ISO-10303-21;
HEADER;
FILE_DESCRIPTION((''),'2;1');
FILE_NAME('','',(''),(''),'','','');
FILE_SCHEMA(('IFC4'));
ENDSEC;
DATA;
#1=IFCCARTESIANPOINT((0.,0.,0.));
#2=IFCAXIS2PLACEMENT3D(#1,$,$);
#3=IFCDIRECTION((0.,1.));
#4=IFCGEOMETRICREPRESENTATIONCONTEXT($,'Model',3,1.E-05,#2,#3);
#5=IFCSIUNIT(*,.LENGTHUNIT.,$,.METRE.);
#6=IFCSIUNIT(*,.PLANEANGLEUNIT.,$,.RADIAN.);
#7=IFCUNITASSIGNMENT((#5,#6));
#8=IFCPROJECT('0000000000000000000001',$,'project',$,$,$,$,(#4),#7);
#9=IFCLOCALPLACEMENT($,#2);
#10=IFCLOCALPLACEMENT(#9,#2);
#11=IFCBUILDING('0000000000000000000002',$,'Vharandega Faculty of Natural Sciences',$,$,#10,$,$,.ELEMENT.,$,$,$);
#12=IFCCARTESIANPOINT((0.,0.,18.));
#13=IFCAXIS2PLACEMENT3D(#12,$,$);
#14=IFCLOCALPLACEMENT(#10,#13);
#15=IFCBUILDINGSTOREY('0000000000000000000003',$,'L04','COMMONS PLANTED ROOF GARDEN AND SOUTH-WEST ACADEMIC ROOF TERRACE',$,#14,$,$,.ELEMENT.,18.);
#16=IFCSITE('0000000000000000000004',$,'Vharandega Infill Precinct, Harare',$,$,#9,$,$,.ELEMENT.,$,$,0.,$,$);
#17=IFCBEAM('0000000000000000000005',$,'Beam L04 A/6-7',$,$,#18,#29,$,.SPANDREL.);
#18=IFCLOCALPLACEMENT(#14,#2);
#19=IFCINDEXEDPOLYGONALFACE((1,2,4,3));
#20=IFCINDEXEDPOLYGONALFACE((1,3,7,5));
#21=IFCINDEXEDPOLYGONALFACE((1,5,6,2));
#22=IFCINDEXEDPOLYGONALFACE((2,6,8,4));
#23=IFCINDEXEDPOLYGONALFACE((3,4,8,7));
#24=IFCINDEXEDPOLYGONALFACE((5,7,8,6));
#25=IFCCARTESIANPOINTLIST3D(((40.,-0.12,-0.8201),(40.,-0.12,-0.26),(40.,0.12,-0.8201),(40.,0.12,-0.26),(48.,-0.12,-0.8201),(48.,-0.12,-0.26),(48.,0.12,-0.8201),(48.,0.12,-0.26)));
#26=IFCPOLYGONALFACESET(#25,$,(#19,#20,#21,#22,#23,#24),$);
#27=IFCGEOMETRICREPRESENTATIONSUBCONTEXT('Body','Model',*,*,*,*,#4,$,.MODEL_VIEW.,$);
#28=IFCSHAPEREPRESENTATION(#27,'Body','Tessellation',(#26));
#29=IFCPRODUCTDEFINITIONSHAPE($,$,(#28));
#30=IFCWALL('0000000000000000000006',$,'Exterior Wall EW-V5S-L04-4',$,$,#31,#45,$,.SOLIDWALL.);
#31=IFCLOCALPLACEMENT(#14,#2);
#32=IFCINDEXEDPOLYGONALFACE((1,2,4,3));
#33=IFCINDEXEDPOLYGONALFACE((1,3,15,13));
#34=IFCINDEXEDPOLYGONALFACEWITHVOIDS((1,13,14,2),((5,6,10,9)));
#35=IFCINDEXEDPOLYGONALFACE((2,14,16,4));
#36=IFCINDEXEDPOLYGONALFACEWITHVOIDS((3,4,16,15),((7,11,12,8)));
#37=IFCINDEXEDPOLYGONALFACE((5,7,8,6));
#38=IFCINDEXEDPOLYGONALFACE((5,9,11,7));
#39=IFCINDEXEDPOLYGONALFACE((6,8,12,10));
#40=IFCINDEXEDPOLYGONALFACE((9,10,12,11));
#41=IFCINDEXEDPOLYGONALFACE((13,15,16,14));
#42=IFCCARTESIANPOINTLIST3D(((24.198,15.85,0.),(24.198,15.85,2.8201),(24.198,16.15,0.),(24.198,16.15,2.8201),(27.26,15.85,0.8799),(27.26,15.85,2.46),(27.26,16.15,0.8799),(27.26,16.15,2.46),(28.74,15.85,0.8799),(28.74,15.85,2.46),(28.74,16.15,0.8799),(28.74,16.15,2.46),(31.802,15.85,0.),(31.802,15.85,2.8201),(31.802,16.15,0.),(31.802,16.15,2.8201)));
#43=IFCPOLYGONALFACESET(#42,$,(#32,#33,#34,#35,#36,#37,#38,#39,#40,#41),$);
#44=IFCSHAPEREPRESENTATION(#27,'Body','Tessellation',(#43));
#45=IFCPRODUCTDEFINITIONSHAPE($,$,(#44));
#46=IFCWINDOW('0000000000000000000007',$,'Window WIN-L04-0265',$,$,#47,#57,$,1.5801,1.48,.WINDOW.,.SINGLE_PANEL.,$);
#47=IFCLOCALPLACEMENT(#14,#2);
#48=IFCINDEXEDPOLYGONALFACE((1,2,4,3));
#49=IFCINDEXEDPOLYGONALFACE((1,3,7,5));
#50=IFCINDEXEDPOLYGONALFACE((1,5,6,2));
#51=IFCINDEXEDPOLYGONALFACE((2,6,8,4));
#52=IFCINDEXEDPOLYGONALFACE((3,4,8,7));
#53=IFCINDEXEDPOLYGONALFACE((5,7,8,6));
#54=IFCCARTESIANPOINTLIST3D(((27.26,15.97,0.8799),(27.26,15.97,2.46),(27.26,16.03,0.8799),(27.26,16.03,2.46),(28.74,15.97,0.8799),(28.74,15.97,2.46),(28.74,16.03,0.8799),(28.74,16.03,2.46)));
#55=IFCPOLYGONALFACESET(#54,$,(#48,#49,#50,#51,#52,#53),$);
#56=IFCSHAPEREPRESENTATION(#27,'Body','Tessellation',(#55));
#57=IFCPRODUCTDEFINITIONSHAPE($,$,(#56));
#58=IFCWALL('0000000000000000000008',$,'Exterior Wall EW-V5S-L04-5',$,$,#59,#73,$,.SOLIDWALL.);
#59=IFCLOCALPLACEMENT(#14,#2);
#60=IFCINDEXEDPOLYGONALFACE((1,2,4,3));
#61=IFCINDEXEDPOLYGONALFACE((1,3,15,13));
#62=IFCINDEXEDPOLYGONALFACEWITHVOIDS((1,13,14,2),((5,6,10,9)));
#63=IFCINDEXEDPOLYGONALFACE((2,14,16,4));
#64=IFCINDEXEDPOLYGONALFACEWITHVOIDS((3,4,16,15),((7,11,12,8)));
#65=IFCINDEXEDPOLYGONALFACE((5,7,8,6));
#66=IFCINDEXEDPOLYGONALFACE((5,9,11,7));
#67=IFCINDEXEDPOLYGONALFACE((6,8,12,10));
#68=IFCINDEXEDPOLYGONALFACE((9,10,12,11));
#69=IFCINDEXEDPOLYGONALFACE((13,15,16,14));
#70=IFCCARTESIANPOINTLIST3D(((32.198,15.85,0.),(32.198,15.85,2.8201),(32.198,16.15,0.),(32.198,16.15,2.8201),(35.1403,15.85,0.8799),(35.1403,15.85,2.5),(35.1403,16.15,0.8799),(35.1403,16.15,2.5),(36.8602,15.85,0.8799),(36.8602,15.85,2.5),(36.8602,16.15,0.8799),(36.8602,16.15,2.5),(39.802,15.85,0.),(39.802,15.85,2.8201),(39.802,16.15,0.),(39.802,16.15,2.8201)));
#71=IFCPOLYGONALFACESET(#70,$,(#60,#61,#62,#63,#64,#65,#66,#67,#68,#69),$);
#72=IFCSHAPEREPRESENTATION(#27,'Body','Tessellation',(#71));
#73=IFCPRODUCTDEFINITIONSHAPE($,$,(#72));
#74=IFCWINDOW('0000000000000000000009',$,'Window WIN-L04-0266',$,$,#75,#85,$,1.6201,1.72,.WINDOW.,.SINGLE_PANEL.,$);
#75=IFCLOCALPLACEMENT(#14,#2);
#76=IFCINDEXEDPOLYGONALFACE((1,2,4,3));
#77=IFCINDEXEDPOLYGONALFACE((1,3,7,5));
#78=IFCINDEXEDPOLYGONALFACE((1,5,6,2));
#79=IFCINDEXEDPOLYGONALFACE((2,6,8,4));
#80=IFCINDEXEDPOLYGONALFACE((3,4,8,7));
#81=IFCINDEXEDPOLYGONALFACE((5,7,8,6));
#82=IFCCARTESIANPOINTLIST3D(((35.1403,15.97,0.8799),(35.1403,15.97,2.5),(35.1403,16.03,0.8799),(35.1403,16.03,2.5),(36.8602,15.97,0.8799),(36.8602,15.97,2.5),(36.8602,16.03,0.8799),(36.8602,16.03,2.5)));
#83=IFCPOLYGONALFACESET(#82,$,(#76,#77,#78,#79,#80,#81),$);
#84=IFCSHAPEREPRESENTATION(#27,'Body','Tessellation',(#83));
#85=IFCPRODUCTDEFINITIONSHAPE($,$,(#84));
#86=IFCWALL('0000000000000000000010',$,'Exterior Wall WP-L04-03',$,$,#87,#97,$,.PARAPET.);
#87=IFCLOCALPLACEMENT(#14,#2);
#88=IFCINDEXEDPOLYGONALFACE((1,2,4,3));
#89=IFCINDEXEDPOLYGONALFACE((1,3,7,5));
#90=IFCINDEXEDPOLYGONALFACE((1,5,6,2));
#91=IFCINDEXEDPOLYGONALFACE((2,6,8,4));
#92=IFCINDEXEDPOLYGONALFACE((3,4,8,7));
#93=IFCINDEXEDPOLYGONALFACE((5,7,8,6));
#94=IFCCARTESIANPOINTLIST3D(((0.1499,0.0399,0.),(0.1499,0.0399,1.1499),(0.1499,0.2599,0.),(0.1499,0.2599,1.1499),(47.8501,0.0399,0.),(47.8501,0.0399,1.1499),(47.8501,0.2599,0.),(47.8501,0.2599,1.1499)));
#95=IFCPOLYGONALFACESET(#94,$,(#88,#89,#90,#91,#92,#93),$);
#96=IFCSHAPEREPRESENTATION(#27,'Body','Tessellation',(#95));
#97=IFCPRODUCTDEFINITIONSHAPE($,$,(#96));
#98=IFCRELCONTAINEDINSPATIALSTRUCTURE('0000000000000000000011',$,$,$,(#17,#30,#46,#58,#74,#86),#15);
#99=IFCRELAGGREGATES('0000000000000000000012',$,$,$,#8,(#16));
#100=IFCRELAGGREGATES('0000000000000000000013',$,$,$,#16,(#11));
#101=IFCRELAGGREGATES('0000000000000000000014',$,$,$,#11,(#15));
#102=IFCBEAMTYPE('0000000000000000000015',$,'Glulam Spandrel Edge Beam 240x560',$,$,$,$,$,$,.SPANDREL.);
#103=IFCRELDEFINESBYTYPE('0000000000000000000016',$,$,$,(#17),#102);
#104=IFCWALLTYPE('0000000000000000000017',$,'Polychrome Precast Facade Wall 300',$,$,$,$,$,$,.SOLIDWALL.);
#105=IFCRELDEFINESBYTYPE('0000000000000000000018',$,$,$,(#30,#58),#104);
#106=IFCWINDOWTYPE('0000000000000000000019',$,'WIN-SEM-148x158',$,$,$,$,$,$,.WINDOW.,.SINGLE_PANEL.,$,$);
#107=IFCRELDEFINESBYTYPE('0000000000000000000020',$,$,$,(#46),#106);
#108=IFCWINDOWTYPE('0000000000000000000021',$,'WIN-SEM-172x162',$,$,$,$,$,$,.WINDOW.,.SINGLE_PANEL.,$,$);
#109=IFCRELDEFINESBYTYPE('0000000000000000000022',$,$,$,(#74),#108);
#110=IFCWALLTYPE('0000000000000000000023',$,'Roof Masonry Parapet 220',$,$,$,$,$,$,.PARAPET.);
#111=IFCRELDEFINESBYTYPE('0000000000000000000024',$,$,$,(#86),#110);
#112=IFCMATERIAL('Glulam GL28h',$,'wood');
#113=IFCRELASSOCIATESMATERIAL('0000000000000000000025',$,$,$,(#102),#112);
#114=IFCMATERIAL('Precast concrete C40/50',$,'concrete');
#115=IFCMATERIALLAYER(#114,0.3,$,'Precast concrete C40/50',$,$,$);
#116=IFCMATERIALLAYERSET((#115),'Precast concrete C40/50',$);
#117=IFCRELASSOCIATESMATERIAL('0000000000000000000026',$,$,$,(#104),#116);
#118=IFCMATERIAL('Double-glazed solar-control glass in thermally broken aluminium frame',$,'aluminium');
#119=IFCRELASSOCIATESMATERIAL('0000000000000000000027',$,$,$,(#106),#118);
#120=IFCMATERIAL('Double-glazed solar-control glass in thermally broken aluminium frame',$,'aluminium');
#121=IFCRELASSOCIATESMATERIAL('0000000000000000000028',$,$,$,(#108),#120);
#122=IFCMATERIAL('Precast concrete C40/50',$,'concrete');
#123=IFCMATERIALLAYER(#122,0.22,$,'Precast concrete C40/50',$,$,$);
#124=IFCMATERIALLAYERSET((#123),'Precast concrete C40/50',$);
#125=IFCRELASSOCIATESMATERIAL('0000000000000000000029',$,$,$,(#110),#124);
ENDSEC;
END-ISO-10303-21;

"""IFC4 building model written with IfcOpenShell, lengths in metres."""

from ifc_helpers import new_model, si_unit, direction, frame, frame_2d, origin, origin_2d, place, context, subcontext, project, spatial, rectangle, extrude, material, layer, layer_set, material_profile, profile_set, type_object, element, fill, save


model = new_model("IFC4")

# Units and contexts
model_context = context("Model", 3, precision=1e-05, world=origin(), true_north=direction((0.0, 1.0)))
body_context = subcontext(model_context, "Body", "Model", "MODEL_VIEW")
ifc_project = project(units=[si_unit("LENGTHUNIT", "METRE"), si_unit("PLANEANGLEUNIT", "RADIAN")], contexts=[model_context])

# Site, building, storey
site_placement = place(None, origin())
site = spatial("IfcSite", under=ifc_project, at=site_placement, Name="Vharandega Infill Precinct, Harare", CompositionType="ELEMENT", RefElevation=0.0)
building_placement = place(site_placement, origin())
building = spatial("IfcBuilding", under=site, at=building_placement, Name="Vharandega Faculty of Natural Sciences", CompositionType="ELEMENT")
storey_placement = place(building_placement, frame((0.0, 0.0, 18.0)))
storey = spatial("IfcBuildingStorey", under=building, at=storey_placement, Name="L04", Description="COMMONS PLANTED ROOF GARDEN AND SOUTH-WEST ACADEMIC ROOF TERRACE", CompositionType="ELEMENT", Elevation=18.0)

# Beam
ifc_material_1 = material(Name="Glulam GL28h", Category="wood")
ifc_material_profile_1 = material_profile(ifc_material_1, rectangle(XDim=0.24, YDim=0.5601, at=origin_2d()), Name="GL28h 240x560")
ifc_profile_set_1 = profile_set([ifc_material_profile_1], Name="Glulam GL28h")
beam_type_1 = type_object("IfcBeamType", Name="Glulam Spandrel Edge Beam 240x560", PredefinedType="SPANDREL", material=ifc_profile_set_1)
for number, where, z_axis, x_axis, name in (
    (1, (40.0, 0.0, -0.54), (1.0, 0.0, 0.0), (0.0, 1.0, 0.0), "Beam L04 A/6-7"),
):
    element("IfcBeam", number, at=place(storey_placement, frame(where, z_axis=z_axis, x_axis=x_axis)), inside=storey, type_object=beam_type_1, Name=name, PredefinedType="SPANDREL", context=body_context, shape_type="SweptSolid", body=[
        extrude(rectangle(XDim=0.24, YDim=0.5601, at=origin_2d()), origin(), (0.0, 0.0, 1.0), 8.0),
    ])

# Walls, openings, windows
ifc_material_2 = material(Name="Precast concrete C40/50", Category="concrete")
ifc_layer_1 = layer(ifc_material_2, 0.3, Name="Precast concrete C40/50")
ifc_layer_set_1 = layer_set([ifc_layer_1], Name="Precast concrete C40/50")
wall_type_1 = type_object("IfcWallType", Name="Polychrome Precast Facade Wall 300", PredefinedType="SOLIDWALL", material=ifc_layer_set_1)
wall_1_placement = place(storey_placement, frame((31.802, 16.0, 0.0), z_axis=(0.0, 0.0, 1.0), x_axis=(-1.0, 0.0, 0.0)))
wall_1 = element("IfcWall", 2, at=wall_1_placement, inside=storey, type_object=wall_type_1, Name="Exterior Wall EW-V5S-L04-4", PredefinedType="SOLIDWALL", context=body_context, shape_type="SweptSolid", body=[
    extrude(rectangle(XDim=7.604, YDim=0.3, at=frame_2d((3.802, 0.0))), origin(), (0.0, 0.0, 1.0), 2.8201),
])
opening_1_placement = place(wall_1_placement, frame((3.062, 0.0, 0.8799)))
opening_1 = element("IfcOpeningElement", 3, at=opening_1_placement, cuts=wall_1, PredefinedType="OPENING", context=body_context, shape_type="SweptSolid", body=[
    extrude(rectangle(XDim=1.48, YDim=1.5801, at=frame_2d((0.74, 0.79))), frame((0.0, 0.1602, 0.0), z_axis=(0.0, -1.0, 0.0), x_axis=(1.0, 0.0, 0.0)), (0.0, 0.0, 1.0), 0.3201),
])
ifc_material_3 = material(Name="Double-glazed solar-control glass in thermally broken aluminium frame", Category="aluminium")
window_type_1 = type_object("IfcWindowType", Name="WIN-SEM-148x158", PartitioningType="SINGLE_PANEL", PredefinedType="WINDOW", material=ifc_material_3)
window_1_placement = place(opening_1_placement, origin())
window_1 = element("IfcWindow", 4, at=window_1_placement, inside=storey, type_object=window_type_1, Name="Window WIN-L04-0265", OverallHeight=1.5801, OverallWidth=1.48, PartitioningType="SINGLE_PANEL", PredefinedType="WINDOW", context=body_context, shape_type="SweptSolid", body=[
    extrude(rectangle(XDim=1.48, YDim=1.5801, at=frame_2d((0.74, 0.79))), frame((0.0, 0.03, 0.0), z_axis=(0.0, -1.0, 0.0), x_axis=(1.0, 0.0, 0.0)), (0.0, 0.0, 1.0), 0.0601),
])
fill(opening_1, window_1)
wall_2_placement = place(storey_placement, frame((39.802, 16.0, 0.0), z_axis=(0.0, 0.0, 1.0), x_axis=(-1.0, 0.0, 0.0)))
wall_2 = element("IfcWall", 5, at=wall_2_placement, inside=storey, type_object=wall_type_1, Name="Exterior Wall EW-V5S-L04-5", PredefinedType="SOLIDWALL", context=body_context, shape_type="SweptSolid", body=[
    extrude(rectangle(XDim=7.604, YDim=0.3, at=frame_2d((3.802, 0.0))), origin(), (0.0, 0.0, 1.0), 2.8201),
])
opening_2_placement = place(wall_2_placement, frame((2.9419, 0.0, 0.8799)))
opening_2 = element("IfcOpeningElement", 6, at=opening_2_placement, cuts=wall_2, PredefinedType="OPENING", context=body_context, shape_type="SweptSolid", body=[
    extrude(rectangle(XDim=1.72, YDim=1.6201, at=frame_2d((0.8599, 0.8101))), frame((0.0, 0.1602, 0.0), z_axis=(0.0, -1.0, 0.0), x_axis=(1.0, 0.0, 0.0)), (0.0, 0.0, 1.0), 0.3201),
])
ifc_material_4 = material(Name="Double-glazed solar-control glass in thermally broken aluminium frame", Category="aluminium")
window_type_2 = type_object("IfcWindowType", Name="WIN-SEM-172x162", PartitioningType="SINGLE_PANEL", PredefinedType="WINDOW", material=ifc_material_4)
window_2_placement = place(opening_2_placement, origin())
window_2 = element("IfcWindow", 7, at=window_2_placement, inside=storey, type_object=window_type_2, Name="Window WIN-L04-0266", OverallHeight=1.6201, OverallWidth=1.72, PartitioningType="SINGLE_PANEL", PredefinedType="WINDOW", context=body_context, shape_type="SweptSolid", body=[
    extrude(rectangle(XDim=1.72, YDim=1.6201, at=frame_2d((0.8599, 0.8101))), frame((0.0, 0.03, 0.0), z_axis=(0.0, -1.0, 0.0), x_axis=(1.0, 0.0, 0.0)), (0.0, 0.0, 1.0), 0.0601),
])
fill(opening_2, window_2)

# Wall
ifc_material_5 = material(Name="Precast concrete C40/50", Category="concrete")
ifc_layer_2 = layer(ifc_material_5, 0.22, Name="Precast concrete C40/50")
ifc_layer_set_2 = layer_set([ifc_layer_2], Name="Precast concrete C40/50")
wall_type_2 = type_object("IfcWallType", Name="Roof Masonry Parapet 220", PredefinedType="PARAPET", material=ifc_layer_set_2)
wall_3_placement = place(storey_placement, frame((47.8501, 0.1499, 0.0), z_axis=(0.0, 0.0, 1.0), x_axis=(-1.0, 0.0, 0.0)))
element("IfcWall", 8, at=wall_3_placement, inside=storey, type_object=wall_type_2, Name="Exterior Wall WP-L04-03", PredefinedType="PARAPET", context=body_context, shape_type="SweptSolid", body=[
    extrude(rectangle(XDim=47.7002, YDim=0.22, at=frame_2d((23.8501, 0.0))), origin(), (0.0, 0.0, 1.0), 1.1499),
])

save(model, "model.ifc")
